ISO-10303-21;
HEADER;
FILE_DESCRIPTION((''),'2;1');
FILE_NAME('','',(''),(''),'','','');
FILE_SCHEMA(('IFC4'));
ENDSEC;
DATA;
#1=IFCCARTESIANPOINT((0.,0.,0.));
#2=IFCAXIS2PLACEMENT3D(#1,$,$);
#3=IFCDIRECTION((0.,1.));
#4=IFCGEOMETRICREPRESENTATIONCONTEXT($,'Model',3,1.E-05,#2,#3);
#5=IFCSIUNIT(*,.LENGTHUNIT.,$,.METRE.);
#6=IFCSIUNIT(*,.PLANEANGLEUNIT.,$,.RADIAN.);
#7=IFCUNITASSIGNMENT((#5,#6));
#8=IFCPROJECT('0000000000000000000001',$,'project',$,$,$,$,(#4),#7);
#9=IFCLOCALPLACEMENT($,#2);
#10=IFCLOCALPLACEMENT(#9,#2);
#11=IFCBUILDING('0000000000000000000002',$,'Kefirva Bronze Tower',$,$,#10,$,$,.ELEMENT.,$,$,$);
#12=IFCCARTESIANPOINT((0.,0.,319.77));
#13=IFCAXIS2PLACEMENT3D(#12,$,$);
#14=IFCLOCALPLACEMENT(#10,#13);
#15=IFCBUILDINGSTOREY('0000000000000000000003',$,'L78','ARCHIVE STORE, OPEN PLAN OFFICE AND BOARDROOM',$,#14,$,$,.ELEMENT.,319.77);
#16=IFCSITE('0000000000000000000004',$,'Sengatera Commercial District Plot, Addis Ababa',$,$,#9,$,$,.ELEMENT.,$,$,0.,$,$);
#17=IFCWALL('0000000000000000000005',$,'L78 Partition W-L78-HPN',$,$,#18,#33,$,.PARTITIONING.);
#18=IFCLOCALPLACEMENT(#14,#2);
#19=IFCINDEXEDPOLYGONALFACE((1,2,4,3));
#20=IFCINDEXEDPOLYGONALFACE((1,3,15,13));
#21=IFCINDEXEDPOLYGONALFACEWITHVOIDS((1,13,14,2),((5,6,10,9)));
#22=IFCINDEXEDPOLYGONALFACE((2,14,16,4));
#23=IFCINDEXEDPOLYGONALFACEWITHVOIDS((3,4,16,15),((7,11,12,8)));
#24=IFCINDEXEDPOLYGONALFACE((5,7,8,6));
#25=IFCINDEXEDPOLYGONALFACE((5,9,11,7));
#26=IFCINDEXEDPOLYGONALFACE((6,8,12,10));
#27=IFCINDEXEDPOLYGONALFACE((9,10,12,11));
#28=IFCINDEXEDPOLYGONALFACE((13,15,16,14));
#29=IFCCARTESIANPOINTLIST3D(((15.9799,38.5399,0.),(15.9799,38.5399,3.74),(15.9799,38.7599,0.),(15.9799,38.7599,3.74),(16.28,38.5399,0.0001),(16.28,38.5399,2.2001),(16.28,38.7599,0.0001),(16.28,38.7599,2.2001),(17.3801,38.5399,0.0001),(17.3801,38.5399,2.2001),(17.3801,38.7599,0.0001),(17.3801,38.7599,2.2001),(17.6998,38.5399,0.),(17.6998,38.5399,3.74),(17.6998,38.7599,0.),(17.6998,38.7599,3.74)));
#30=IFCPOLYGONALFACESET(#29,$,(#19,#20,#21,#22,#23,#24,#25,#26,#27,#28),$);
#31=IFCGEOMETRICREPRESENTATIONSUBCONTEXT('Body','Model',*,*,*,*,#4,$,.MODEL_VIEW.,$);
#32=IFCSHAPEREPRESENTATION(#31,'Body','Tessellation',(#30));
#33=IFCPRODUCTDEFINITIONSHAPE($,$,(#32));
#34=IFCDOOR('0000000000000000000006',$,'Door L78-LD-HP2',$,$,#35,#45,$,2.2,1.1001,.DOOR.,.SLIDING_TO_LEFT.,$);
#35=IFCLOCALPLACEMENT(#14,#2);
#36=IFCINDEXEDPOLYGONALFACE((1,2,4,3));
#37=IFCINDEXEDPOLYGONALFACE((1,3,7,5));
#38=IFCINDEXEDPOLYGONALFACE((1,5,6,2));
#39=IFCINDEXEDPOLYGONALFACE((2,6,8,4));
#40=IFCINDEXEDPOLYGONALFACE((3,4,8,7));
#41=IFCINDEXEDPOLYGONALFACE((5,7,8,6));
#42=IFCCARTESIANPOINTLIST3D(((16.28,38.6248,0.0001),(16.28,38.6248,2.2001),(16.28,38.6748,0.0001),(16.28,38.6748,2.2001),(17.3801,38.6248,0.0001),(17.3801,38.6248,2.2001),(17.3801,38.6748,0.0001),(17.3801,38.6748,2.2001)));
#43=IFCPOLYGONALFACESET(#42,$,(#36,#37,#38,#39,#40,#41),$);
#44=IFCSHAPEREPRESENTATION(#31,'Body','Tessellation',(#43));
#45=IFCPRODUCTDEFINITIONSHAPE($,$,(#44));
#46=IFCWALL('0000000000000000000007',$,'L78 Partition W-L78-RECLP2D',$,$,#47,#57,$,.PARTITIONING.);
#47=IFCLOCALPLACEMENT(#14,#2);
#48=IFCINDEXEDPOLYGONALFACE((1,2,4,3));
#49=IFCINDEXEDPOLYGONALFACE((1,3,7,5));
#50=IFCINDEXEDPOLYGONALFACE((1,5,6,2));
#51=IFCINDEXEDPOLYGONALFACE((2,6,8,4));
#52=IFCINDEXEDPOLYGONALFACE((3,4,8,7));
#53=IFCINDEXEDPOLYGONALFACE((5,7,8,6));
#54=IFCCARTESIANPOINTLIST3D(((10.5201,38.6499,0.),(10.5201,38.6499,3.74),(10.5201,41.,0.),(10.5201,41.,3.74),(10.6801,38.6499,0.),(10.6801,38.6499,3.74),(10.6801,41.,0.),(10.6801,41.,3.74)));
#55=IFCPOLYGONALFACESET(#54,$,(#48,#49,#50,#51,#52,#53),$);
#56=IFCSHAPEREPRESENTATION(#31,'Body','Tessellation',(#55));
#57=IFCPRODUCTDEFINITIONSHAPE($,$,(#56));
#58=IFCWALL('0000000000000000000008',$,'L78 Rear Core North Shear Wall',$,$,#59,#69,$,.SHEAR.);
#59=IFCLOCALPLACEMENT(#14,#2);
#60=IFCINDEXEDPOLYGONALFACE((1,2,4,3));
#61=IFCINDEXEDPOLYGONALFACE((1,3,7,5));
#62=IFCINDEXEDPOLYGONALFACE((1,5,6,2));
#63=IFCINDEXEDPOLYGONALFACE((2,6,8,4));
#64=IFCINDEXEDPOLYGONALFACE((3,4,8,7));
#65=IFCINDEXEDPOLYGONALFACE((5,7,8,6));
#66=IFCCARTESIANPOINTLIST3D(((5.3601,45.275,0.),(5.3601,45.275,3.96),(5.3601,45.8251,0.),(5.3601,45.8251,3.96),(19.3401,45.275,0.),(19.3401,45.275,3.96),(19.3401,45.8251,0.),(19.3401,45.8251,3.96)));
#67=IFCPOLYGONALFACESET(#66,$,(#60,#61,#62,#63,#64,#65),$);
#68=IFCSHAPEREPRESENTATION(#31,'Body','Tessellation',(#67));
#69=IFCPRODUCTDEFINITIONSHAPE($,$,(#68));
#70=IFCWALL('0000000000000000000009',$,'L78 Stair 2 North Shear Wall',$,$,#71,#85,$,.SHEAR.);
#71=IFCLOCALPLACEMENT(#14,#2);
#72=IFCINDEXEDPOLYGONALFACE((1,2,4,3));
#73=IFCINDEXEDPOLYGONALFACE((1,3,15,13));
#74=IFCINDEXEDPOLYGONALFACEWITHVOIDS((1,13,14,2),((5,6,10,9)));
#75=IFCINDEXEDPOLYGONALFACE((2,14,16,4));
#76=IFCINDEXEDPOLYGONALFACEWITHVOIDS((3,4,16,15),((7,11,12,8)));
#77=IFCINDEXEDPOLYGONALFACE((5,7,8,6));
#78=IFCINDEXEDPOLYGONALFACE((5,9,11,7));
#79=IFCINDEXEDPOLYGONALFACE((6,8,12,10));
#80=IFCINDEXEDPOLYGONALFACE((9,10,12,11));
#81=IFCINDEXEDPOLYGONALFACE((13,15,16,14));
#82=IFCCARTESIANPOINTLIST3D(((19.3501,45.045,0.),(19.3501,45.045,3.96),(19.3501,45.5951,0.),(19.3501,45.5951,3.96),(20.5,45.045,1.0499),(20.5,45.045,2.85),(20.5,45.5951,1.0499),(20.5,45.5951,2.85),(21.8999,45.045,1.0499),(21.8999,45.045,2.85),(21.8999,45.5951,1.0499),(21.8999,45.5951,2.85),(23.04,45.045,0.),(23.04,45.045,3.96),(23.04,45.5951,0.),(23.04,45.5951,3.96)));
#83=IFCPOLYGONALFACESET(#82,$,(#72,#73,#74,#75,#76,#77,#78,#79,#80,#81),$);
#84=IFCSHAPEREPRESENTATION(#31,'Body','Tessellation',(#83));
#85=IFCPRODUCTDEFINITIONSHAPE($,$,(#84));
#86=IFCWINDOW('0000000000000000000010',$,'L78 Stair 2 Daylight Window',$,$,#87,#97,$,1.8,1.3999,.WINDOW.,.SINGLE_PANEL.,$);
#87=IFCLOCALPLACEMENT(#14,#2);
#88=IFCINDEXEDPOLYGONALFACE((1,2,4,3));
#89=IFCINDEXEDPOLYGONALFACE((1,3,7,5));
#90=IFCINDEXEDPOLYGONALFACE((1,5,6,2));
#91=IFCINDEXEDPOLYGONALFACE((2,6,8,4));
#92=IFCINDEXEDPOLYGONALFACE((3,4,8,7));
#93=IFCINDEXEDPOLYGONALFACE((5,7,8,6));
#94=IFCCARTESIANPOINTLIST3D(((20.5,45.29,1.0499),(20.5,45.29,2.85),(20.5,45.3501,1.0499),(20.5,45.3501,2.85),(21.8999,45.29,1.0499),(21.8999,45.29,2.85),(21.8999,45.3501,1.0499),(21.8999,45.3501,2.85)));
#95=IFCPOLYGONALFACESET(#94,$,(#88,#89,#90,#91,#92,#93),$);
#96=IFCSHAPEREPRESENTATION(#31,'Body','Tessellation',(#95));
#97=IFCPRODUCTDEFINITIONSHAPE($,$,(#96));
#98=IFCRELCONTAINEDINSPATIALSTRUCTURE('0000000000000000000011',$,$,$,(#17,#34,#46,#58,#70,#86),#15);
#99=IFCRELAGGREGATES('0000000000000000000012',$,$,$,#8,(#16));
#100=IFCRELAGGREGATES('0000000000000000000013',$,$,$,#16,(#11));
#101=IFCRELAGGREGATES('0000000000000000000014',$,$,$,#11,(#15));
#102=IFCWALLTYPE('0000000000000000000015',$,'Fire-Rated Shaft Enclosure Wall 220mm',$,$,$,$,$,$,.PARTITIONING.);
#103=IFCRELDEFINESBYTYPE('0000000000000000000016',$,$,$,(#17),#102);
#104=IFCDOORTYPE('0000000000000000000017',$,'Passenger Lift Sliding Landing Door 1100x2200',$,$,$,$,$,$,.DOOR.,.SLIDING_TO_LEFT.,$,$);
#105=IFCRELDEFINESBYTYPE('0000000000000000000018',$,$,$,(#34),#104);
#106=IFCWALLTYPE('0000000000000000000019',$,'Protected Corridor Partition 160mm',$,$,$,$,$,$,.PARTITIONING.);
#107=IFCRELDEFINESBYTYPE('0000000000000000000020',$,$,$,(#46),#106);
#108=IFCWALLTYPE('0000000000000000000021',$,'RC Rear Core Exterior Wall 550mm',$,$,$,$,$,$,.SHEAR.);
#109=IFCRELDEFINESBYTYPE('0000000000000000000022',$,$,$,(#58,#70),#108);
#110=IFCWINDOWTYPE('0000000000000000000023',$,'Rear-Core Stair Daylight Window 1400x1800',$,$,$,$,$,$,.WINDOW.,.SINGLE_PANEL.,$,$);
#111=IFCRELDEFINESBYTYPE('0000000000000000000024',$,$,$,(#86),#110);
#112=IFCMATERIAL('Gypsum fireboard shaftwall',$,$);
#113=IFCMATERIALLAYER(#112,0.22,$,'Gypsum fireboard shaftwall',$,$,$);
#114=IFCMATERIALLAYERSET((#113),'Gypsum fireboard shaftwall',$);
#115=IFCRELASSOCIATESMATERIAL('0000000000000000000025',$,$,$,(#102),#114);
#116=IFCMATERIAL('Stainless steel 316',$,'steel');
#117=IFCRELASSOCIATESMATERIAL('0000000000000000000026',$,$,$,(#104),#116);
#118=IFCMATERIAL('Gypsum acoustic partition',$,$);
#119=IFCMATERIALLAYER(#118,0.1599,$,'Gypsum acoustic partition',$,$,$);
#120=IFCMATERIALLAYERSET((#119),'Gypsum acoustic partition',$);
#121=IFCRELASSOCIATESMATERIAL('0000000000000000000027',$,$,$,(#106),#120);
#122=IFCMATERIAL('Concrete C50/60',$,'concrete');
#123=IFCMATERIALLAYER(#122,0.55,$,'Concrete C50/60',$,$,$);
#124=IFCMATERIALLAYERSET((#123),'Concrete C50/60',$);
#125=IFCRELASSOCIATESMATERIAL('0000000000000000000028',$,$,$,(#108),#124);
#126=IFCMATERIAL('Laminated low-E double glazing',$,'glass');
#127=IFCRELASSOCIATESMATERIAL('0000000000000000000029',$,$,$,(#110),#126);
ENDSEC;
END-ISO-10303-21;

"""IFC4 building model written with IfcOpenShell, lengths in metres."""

from ifc_helpers import new_model, si_unit, direction, frame, frame_2d, origin, place, context, subcontext, project, spatial, rectangle, extrude, material, layer, layer_set, type_object, element, fill, save


model = new_model("IFC4")

# Units and contexts
model_context = context("Model", 3, precision=1e-05, world=origin(), true_north=direction((0.0, 1.0)))
body_context = subcontext(model_context, "Body", "Model", "MODEL_VIEW")
ifc_project = project(units=[si_unit("LENGTHUNIT", "METRE"), si_unit("PLANEANGLEUNIT", "RADIAN")], contexts=[model_context])

# Site, building, storey
site_placement = place(None, origin())
site = spatial("IfcSite", under=ifc_project, at=site_placement, Name="Sengatera Commercial District Plot, Addis Ababa", CompositionType="ELEMENT", RefElevation=0.0)
building_placement = place(site_placement, origin())
building = spatial("IfcBuilding", under=site, at=building_placement, Name="Kefirva Bronze Tower", CompositionType="ELEMENT")
storey_placement = place(building_placement, frame((0.0, 0.0, 319.77)))
storey = spatial("IfcBuildingStorey", under=building, at=storey_placement, Name="L78", Description="ARCHIVE STORE, OPEN PLAN OFFICE AND BOARDROOM", CompositionType="ELEMENT", Elevation=319.77)

# Shared definitions
ifc_material_1 = material(Name="Concrete C50/60", Category="concrete")

# Shared definitions
ifc_material_2 = material(Name="Gypsum acoustic partition")

# Shared definitions
ifc_material_3 = material(Name="Gypsum fireboard shaftwall")
ifc_layer_1 = layer(ifc_material_3, 0.22, Name="Gypsum fireboard shaftwall")
ifc_layer_set_1 = layer_set([ifc_layer_1], Name="Gypsum fireboard shaftwall")
wall_type_1 = type_object("IfcWallType", Name="Fire-Rated Shaft Enclosure Wall 220mm", PredefinedType="PARTITIONING", material=ifc_layer_set_1)

# Shared definitions
ifc_material_4 = material(Name="Stainless steel 316", Category="steel")

# Shared definitions
door_type_1 = type_object("IfcDoorType", Name="Passenger Lift Sliding Landing Door 1100x2200", OperationType="SLIDING_TO_LEFT", PredefinedType="DOOR", material=ifc_material_4)

# Wall, opening, door
wall_1_placement = place(storey_placement, frame((15.98, 38.6499, 0.0), z_axis=(0.0, 0.0, 1.0), x_axis=(1.0, 0.0, 0.0)))
wall_1 = element("IfcWall", 1, at=wall_1_placement, inside=storey, type_object=wall_type_1, Name="L78 Partition W-L78-HPN", PredefinedType="PARTITIONING", context=body_context, shape_type="SweptSolid", body=[
    extrude(rectangle(XDim=1.72, YDim=0.22, at=frame_2d((0.8599, 0.0))), origin(), (0.0, 0.0, 1.0), 3.74),
])
opening_1_placement = place(wall_1_placement, frame((0.3, 0.0, 0.0)))
opening_1 = element("IfcOpeningElement", 2, at=opening_1_placement, cuts=wall_1, PredefinedType="OPENING", context=body_context, shape_type="SweptSolid", body=[
    extrude(rectangle(XDim=1.1001, YDim=2.2, at=frame_2d((0.55, 1.1001))), frame((0.0, 0.1201, 0.0), z_axis=(0.0, -1.0, 0.0), x_axis=(1.0, 0.0, 0.0)), (0.0, 0.0, 1.0), 0.24),
])
door_1_placement = place(opening_1_placement, origin())
door_1 = element("IfcDoor", 3, at=door_1_placement, inside=storey, type_object=door_type_1, Name="Door L78-LD-HP2", OperationType="SLIDING_TO_LEFT", OverallHeight=2.2, OverallWidth=1.1001, PredefinedType="DOOR", context=body_context, shape_type="SweptSolid", body=[
    extrude(rectangle(XDim=1.1001, YDim=2.2, at=frame_2d((0.55, 1.1001))), frame((0.0, 0.0249, 0.0), z_axis=(0.0, -1.0, 0.0), x_axis=(1.0, 0.0, 0.0)), (0.0, 0.0, 1.0), 0.05),
])
fill(opening_1, door_1)

# Walls
ifc_layer_2 = layer(ifc_material_2, 0.1599, Name="Gypsum acoustic partition")
ifc_layer_set_2 = layer_set([ifc_layer_2], Name="Gypsum acoustic partition")
wall_type_2 = type_object("IfcWallType", Name="Protected Corridor Partition 160mm", PredefinedType="PARTITIONING", material=ifc_layer_set_2)
wall_2_placement = place(storey_placement, frame((10.6001, 38.6499, 0.0), z_axis=(0.0, 0.0, 1.0), x_axis=(0.0, 1.0, 0.0)))
element("IfcWall", 4, at=wall_2_placement, inside=storey, type_object=wall_type_2, Name="L78 Partition W-L78-RECLP2D", PredefinedType="PARTITIONING", context=body_context, shape_type="SweptSolid", body=[
    extrude(rectangle(XDim=2.3501, YDim=0.1599, at=frame_2d((1.175, 0.0))), origin(), (0.0, 0.0, 1.0), 3.74),
])
ifc_layer_3 = layer(ifc_material_1, 0.55, Name="Concrete C50/60")
ifc_layer_set_3 = layer_set([ifc_layer_3], Name="Concrete C50/60")
wall_type_3 = type_object("IfcWallType", Name="RC Rear Core Exterior Wall 550mm", PredefinedType="SHEAR", material=ifc_layer_set_3)
wall_3_placement = place(storey_placement, frame((5.3601, 45.55, 0.0), z_axis=(0.0, 0.0, 1.0), x_axis=(1.0, 0.0, 0.0)))
element("IfcWall", 5, at=wall_3_placement, inside=storey, type_object=wall_type_3, Name="L78 Rear Core North Shear Wall", PredefinedType="SHEAR", context=body_context, shape_type="SweptSolid", body=[
    extrude(rectangle(XDim=13.98, YDim=0.55, at=frame_2d((6.99, 0.0))), origin(), (0.0, 0.0, 1.0), 3.96),
])

# Wall, opening, window
wall_4_placement = place(storey_placement, frame((19.3501, 45.3201, 0.0), z_axis=(0.0, 0.0, 1.0), x_axis=(1.0, 0.0, 0.0)))
wall_4 = element("IfcWall", 6, at=wall_4_placement, inside=storey, type_object=wall_type_3, Name="L78 Stair 2 North Shear Wall", PredefinedType="SHEAR", context=body_context, shape_type="SweptSolid", body=[
    extrude(rectangle(XDim=3.6899, YDim=0.55, at=frame_2d((1.845, 0.0))), origin(), (0.0, 0.0, 1.0), 3.96),
])
opening_2_placement = place(wall_4_placement, frame((1.1499, 0.0, 1.05)))
opening_2 = element("IfcOpeningElement", 7, at=opening_2_placement, cuts=wall_4, PredefinedType="OPENING", context=body_context, shape_type="SweptSolid", body=[
    extrude(rectangle(XDim=1.3999, YDim=1.8, at=frame_2d((0.7, 0.8999))), frame((0.0, 0.2852, 0.0), z_axis=(0.0, -1.0, 0.0), x_axis=(1.0, 0.0, 0.0)), (0.0, 0.0, 1.0), 0.5701),
])
ifc_material_5 = material(Name="Laminated low-E double glazing", Category="glass")
window_type = type_object("IfcWindowType", Name="Rear-Core Stair Daylight Window 1400x1800", PartitioningType="SINGLE_PANEL", PredefinedType="WINDOW", material=ifc_material_5)
window_placement = place(opening_2_placement, origin())
window = element("IfcWindow", 8, at=window_placement, inside=storey, type_object=window_type, Name="L78 Stair 2 Daylight Window", OverallHeight=1.8, OverallWidth=1.3999, PartitioningType="SINGLE_PANEL", PredefinedType="WINDOW", context=body_context, shape_type="SweptSolid", body=[
    extrude(rectangle(XDim=1.3999, YDim=1.8, at=frame_2d((0.7, 0.8999))), frame((0.0, 0.03, 0.0), z_axis=(0.0, -1.0, 0.0), x_axis=(1.0, 0.0, 0.0)), (0.0, 0.0, 1.0), 0.0601),
])
fill(opening_2, window)

save(model, "model.ifc")
